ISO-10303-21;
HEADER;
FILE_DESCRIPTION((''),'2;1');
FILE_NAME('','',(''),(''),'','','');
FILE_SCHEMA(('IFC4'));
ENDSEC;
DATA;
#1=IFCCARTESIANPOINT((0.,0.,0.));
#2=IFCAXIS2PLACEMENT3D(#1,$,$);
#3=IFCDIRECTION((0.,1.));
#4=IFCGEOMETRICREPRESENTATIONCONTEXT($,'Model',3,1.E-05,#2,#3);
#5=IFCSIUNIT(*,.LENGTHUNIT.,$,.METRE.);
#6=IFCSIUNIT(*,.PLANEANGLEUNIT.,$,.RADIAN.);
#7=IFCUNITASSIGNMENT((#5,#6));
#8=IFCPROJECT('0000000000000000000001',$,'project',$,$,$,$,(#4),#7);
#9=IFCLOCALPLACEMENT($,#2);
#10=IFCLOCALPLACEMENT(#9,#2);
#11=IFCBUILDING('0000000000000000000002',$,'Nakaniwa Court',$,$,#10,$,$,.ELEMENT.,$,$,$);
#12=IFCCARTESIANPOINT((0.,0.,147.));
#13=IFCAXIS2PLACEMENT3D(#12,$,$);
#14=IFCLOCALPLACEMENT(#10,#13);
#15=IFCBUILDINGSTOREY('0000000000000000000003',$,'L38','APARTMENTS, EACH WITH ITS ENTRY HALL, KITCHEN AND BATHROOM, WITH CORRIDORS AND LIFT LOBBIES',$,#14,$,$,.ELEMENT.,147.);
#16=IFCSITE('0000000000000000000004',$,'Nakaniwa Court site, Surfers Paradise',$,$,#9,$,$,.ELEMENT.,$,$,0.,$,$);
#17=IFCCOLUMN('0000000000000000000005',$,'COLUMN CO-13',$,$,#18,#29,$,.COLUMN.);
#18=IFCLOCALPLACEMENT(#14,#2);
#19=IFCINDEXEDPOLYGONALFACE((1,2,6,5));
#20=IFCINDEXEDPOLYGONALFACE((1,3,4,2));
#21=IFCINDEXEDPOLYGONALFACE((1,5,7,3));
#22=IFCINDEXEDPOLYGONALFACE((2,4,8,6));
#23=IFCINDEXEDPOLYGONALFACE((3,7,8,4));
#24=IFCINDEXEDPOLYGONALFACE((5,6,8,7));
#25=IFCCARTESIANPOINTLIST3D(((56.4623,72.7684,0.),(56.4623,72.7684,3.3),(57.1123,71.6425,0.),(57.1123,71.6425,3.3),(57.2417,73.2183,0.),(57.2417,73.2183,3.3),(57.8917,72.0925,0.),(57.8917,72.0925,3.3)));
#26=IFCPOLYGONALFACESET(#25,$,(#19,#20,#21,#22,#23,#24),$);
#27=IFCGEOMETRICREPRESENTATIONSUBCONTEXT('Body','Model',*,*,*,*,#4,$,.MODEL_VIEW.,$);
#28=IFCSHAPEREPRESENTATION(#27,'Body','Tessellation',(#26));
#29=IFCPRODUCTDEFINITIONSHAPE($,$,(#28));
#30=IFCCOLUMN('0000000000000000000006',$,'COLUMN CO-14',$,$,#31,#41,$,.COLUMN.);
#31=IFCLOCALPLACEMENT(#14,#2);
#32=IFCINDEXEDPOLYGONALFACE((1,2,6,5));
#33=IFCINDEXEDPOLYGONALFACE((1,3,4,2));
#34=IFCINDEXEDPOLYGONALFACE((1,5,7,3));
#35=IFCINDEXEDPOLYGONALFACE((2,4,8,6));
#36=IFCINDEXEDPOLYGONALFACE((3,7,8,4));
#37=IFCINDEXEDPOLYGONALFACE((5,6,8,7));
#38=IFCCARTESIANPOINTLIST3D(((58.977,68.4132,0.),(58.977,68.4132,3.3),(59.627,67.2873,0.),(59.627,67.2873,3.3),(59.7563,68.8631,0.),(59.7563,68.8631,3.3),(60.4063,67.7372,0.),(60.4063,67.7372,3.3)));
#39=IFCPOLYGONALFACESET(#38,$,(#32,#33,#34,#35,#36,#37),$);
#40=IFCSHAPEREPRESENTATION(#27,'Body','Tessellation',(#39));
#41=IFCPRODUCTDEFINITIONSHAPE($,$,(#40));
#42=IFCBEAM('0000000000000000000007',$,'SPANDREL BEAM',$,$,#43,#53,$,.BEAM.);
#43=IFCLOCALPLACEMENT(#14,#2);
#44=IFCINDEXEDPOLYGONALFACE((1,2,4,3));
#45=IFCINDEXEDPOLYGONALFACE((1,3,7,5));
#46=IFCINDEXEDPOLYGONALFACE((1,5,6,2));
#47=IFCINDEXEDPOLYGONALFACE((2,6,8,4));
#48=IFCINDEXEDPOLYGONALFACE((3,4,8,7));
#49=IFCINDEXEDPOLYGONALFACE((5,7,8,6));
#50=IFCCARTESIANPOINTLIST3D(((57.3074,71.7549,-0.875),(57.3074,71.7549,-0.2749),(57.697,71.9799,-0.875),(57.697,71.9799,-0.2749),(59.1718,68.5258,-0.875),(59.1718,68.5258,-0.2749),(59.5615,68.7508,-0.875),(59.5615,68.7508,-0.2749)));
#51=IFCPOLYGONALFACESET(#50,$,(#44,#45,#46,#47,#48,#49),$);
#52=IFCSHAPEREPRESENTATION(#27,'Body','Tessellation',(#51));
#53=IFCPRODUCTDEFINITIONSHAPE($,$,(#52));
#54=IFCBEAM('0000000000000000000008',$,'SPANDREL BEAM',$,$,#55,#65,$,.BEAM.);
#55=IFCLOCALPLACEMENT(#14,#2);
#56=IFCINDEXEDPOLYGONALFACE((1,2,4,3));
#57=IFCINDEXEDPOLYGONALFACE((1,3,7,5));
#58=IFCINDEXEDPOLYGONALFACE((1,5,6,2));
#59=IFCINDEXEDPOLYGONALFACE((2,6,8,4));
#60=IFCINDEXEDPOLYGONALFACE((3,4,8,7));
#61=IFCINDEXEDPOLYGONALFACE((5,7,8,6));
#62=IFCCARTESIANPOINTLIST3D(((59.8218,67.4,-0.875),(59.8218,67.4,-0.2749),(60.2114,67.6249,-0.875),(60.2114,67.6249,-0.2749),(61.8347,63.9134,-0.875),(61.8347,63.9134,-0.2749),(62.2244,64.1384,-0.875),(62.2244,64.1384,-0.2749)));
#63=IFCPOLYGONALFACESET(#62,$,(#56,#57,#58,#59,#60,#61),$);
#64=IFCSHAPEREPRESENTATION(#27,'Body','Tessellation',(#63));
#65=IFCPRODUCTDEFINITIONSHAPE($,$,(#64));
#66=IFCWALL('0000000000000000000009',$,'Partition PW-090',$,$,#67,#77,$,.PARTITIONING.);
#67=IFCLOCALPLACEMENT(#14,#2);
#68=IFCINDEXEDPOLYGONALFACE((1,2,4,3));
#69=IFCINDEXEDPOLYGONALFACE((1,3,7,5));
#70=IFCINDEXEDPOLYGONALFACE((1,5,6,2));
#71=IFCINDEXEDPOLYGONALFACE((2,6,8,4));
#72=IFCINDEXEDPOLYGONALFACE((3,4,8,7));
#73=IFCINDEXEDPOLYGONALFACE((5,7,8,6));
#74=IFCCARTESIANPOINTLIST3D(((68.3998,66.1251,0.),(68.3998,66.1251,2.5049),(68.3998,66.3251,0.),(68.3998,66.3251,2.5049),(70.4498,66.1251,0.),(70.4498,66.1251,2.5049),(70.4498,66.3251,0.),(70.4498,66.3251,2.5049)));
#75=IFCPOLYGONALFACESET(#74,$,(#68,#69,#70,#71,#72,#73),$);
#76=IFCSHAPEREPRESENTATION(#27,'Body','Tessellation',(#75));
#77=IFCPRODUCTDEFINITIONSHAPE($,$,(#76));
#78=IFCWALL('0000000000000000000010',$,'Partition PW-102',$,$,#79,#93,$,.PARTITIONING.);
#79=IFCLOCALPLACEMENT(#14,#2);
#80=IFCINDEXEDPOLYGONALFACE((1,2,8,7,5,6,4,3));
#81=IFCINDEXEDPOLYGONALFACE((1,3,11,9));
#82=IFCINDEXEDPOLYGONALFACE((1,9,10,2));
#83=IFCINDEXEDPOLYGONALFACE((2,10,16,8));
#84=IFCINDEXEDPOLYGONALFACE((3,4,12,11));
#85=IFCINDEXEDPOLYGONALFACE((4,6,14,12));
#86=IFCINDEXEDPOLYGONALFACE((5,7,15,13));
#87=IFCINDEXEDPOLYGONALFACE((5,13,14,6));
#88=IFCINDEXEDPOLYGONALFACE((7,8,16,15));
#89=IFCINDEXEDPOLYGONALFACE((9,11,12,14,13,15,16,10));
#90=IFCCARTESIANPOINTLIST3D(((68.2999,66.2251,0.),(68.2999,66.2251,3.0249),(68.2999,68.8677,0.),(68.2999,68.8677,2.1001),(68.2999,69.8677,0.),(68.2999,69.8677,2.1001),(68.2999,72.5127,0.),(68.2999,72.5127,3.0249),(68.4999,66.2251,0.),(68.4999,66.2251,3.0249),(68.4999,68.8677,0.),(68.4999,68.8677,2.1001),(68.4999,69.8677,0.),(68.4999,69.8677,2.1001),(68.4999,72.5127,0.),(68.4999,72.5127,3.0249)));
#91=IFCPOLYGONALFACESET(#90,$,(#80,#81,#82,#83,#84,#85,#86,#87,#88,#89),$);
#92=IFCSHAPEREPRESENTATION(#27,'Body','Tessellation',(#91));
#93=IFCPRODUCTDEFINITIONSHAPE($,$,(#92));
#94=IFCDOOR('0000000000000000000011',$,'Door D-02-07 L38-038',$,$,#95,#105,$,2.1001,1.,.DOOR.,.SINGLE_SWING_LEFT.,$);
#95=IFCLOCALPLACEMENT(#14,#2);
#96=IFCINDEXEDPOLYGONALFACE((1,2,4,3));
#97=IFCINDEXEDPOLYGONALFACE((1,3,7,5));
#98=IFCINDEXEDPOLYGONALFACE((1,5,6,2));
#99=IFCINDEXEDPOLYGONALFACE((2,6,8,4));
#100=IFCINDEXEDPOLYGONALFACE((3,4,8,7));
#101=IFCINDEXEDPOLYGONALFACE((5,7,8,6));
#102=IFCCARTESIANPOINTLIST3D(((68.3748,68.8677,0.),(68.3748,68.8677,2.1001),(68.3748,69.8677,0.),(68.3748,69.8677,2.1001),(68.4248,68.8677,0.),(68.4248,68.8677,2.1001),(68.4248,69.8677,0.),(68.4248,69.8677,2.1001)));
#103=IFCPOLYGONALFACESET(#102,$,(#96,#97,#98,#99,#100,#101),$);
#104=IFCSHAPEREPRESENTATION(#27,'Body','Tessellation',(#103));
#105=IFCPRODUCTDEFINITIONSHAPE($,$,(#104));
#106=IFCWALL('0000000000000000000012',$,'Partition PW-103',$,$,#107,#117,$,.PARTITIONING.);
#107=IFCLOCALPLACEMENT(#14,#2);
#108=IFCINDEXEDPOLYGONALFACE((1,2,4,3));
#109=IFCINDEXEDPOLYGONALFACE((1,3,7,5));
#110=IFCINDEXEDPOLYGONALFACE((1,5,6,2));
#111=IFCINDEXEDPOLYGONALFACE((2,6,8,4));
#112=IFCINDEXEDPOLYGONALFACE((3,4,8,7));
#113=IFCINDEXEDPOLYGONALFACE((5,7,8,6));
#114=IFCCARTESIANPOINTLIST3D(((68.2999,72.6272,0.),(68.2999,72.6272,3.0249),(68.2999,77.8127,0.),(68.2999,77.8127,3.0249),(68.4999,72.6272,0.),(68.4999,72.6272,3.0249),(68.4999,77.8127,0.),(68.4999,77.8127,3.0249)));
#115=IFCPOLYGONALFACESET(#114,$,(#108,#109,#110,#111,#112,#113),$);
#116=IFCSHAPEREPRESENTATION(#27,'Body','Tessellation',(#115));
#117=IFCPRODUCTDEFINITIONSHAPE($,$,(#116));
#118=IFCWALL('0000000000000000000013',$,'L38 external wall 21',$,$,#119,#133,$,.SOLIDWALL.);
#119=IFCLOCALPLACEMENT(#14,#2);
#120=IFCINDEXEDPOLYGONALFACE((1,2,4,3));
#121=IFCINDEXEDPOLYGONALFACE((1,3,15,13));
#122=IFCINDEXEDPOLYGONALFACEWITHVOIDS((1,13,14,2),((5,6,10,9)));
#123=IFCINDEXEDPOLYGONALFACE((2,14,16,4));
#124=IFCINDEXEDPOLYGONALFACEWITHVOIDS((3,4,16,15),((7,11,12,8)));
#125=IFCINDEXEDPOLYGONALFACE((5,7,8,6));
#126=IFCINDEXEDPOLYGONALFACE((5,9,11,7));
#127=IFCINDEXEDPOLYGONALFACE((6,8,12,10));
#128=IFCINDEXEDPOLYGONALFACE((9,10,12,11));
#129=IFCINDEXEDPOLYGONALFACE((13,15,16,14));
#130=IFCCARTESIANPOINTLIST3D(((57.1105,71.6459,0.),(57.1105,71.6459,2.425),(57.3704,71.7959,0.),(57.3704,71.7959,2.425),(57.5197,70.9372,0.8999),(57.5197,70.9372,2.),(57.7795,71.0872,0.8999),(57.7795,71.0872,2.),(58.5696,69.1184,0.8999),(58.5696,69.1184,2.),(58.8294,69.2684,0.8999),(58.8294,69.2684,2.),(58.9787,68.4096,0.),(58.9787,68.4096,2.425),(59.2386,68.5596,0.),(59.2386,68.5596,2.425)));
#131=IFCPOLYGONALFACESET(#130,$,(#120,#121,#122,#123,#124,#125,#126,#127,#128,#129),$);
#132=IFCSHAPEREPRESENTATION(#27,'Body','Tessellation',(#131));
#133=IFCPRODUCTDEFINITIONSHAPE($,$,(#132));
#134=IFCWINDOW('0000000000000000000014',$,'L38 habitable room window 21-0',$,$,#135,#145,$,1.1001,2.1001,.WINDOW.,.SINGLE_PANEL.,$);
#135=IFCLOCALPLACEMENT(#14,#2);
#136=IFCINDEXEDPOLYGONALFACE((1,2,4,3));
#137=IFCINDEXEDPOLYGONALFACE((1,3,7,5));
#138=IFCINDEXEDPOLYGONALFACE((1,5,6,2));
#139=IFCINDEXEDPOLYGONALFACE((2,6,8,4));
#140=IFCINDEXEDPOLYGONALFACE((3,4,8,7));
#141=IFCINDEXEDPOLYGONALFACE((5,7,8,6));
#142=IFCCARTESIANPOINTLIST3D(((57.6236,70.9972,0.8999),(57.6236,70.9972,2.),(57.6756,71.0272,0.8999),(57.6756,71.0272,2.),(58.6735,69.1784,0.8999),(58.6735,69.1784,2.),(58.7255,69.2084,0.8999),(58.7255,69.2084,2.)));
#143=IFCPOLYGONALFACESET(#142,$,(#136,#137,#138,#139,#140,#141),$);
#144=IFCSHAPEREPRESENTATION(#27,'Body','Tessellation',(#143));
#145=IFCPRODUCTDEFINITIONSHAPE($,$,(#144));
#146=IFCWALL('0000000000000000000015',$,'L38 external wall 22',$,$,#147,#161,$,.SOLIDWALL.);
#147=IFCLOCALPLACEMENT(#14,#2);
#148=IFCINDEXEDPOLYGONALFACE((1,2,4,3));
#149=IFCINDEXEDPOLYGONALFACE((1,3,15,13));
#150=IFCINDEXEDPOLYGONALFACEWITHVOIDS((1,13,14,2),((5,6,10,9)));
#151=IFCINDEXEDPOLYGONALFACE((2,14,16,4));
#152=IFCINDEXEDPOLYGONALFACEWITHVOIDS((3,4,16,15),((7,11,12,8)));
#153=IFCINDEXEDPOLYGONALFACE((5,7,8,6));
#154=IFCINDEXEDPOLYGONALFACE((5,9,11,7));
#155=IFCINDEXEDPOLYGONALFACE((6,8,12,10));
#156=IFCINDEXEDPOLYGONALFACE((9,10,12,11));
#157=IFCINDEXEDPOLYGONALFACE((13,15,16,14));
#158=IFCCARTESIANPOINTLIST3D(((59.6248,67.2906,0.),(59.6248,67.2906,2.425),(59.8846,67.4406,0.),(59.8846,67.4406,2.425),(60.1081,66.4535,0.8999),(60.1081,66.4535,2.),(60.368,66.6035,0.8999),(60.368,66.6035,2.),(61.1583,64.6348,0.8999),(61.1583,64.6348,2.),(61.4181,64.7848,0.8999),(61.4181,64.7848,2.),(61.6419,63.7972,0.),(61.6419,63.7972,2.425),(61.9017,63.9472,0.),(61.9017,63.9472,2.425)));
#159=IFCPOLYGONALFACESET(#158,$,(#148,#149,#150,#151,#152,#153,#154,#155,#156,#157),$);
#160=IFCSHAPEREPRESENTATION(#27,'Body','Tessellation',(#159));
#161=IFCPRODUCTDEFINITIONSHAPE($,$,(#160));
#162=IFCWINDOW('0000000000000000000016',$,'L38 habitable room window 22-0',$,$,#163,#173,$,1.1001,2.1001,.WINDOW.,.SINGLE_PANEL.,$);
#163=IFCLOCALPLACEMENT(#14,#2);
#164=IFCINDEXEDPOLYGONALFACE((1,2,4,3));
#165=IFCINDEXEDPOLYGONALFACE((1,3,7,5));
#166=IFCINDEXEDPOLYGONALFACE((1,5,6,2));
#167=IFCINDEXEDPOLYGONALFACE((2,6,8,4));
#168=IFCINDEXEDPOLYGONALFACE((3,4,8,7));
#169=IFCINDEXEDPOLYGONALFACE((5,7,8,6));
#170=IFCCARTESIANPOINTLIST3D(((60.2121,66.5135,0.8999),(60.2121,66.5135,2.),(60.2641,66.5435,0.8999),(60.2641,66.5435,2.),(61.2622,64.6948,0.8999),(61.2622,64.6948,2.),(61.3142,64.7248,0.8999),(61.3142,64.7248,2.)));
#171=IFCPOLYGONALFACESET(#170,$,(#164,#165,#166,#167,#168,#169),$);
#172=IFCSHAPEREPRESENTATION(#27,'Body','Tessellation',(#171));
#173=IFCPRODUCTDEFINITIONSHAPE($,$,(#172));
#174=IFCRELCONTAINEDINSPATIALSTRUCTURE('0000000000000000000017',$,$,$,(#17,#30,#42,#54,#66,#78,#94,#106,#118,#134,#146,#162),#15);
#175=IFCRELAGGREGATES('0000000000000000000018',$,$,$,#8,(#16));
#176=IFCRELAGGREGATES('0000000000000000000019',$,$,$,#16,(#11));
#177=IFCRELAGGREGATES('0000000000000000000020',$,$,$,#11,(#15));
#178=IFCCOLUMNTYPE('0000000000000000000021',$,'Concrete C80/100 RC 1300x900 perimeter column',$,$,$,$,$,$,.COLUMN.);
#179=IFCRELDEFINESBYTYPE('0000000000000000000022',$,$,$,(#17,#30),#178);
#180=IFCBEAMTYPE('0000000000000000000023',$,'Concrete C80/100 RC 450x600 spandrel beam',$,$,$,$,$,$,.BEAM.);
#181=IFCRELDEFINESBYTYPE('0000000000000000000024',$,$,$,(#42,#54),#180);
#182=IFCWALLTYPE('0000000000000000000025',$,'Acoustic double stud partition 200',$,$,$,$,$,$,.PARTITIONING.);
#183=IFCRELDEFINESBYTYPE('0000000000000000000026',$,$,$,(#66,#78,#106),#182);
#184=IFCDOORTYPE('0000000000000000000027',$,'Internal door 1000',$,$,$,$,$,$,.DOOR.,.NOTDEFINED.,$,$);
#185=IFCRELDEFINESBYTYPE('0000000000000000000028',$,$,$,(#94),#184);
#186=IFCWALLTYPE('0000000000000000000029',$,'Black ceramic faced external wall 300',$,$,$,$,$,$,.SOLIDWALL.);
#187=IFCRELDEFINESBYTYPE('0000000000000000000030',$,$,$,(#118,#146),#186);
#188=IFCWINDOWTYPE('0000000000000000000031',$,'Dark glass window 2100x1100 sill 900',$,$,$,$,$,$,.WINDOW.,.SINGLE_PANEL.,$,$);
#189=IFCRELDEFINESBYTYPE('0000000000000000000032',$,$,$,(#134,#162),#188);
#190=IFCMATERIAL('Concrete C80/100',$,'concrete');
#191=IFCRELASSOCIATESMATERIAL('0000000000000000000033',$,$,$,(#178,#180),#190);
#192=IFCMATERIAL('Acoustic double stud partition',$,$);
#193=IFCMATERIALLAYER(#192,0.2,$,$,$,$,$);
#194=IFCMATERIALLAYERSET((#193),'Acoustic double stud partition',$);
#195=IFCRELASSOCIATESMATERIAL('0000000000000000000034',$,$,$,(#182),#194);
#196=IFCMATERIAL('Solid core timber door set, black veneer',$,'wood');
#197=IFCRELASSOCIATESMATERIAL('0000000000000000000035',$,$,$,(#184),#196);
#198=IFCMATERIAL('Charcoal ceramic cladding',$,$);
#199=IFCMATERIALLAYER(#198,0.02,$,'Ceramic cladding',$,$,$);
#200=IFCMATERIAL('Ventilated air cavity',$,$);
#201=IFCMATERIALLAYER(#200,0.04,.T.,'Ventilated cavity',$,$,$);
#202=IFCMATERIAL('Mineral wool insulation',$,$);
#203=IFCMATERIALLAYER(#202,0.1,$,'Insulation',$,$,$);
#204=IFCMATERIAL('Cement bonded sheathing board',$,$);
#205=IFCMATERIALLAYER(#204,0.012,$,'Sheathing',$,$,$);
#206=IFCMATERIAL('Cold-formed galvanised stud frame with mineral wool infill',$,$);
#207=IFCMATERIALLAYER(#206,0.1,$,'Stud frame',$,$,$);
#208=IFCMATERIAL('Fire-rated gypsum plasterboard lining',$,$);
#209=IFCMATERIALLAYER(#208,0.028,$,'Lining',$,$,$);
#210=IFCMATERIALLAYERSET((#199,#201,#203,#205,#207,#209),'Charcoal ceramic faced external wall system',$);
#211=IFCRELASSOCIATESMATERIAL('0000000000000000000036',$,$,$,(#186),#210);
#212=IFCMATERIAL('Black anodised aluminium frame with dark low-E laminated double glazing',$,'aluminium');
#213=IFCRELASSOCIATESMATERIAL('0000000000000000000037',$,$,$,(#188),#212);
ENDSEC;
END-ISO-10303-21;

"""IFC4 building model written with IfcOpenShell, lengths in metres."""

from ifc_helpers import new_model, si_unit, direction, frame, frame_2d, origin, origin_2d, place, context, subcontext, project, spatial, rectangle, extrude, material, layer, layer_set, material_profile, profile_set, type_object, element, fill, save


model = new_model("IFC4")

# Units and contexts
model_context = context("Model", 3, precision=1e-05, world=origin(), true_north=direction((0.0, 1.0)))
body_context = subcontext(model_context, "Body", "Model", "MODEL_VIEW")
ifc_project = project(units=[si_unit("LENGTHUNIT", "METRE"), si_unit("PLANEANGLEUNIT", "RADIAN")], contexts=[model_context])

# Site, building, storey
site_placement = place(None, origin())
site = spatial("IfcSite", under=ifc_project, at=site_placement, Name="Nakaniwa Court site, Surfers Paradise", CompositionType="ELEMENT", RefElevation=0.0)
building_placement = place(site_placement, origin())
building = spatial("IfcBuilding", under=site, at=building_placement, Name="Nakaniwa Court", CompositionType="ELEMENT")
storey_placement = place(building_placement, frame((0.0, 0.0, 147.0)))
storey = spatial("IfcBuildingStorey", under=building, at=storey_placement, Name="L38", Description="APARTMENTS, EACH WITH ITS ENTRY HALL, KITCHEN AND BATHROOM, WITH CORRIDORS AND LIFT LOBBIES", CompositionType="ELEMENT", Elevation=147.0)

# Columns
ifc_material_1 = material(Name="Concrete C80/100", Category="concrete")
ifc_material_profile_1 = material_profile(ifc_material_1, rectangle(XDim=1.3, YDim=0.8999, at=origin_2d()), Name="Concrete C80/100 RC 1300x900 perimeter column")
ifc_profile_set_1 = profile_set([ifc_material_profile_1], Name="Concrete C80/100")
column_type = type_object("IfcColumnType", Name="Concrete C80/100 RC 1300x900 perimeter column", PredefinedType="COLUMN", material=ifc_profile_set_1)
for number, where, z_axis, x_axis, name in (
    (1, (57.177, 72.4304, 0.0), (0.0, 0.0, 1.0), (0.5, -0.866025, 0.0), "COLUMN CO-13"),
    (2, (59.6917, 68.0752, 0.0), (0.0, 0.0, 1.0), (0.5, -0.866025, 0.0), "COLUMN CO-14"),
):
    element("IfcColumn", number, at=place(storey_placement, frame(where, z_axis=z_axis, x_axis=x_axis)), inside=storey, type_object=column_type, Name=name, PredefinedType="COLUMN", context=body_context, shape_type="SweptSolid", body=[
        extrude(rectangle(XDim=1.3, YDim=0.8999, at=origin_2d()), origin(), (0.0, 0.0, 1.0), 3.3),
    ])

# Beams
ifc_material_profile_2 = material_profile(ifc_material_1, rectangle(XDim=0.45, YDim=0.6001, at=origin_2d()), Name="Concrete C80/100 RC 450x600 spandrel beam")
ifc_profile_set_2 = profile_set([ifc_material_profile_2], Name="Concrete C80/100")
beam_type = type_object("IfcBeamType", Name="Concrete C80/100 RC 450x600 spandrel beam", PredefinedType="BEAM", material=ifc_profile_set_2)
beam_1_placement = place(storey_placement, frame((57.5022, 71.8674, -0.575), z_axis=(0.500019, -0.866014, 0.0), x_axis=(0.866014, 0.500019, 0.0)))
element("IfcBeam", 3, at=beam_1_placement, inside=storey, type_object=beam_type, Name="SPANDREL BEAM", PredefinedType="BEAM", context=body_context, shape_type="SweptSolid", body=[
    extrude(rectangle(XDim=0.45, YDim=0.6001, at=origin_2d()), origin(), (0.0, 0.0, 1.0), 3.7288),
])
beam_2_placement = place(storey_placement, frame((60.0166, 67.5125, -0.575), z_axis=(0.499994, -0.866029, 0.0), x_axis=(0.866029, 0.499994, 0.0)))
element("IfcBeam", 4, at=beam_2_placement, inside=storey, type_object=beam_type, Name="SPANDREL BEAM", PredefinedType="BEAM", context=body_context, shape_type="SweptSolid", body=[
    extrude(rectangle(XDim=0.45, YDim=0.6001, at=origin_2d()), origin(), (0.0, 0.0, 1.0), 4.0259),
])

# Wall
ifc_material_2 = material(Name="Acoustic double stud partition")
ifc_layer_1 = layer(ifc_material_2, 0.2)
ifc_layer_set_1 = layer_set([ifc_layer_1], Name="Acoustic double stud partition")
wall_type_1 = type_object("IfcWallType", Name="Acoustic double stud partition 200", PredefinedType="PARTITIONING", material=ifc_layer_set_1)
wall_1_placement = place(storey_placement, frame((68.3999, 66.2251, 0.0), z_axis=(0.0, 0.0, 1.0), x_axis=(1.0, 0.0, 0.0)))
element("IfcWall", 5, at=wall_1_placement, inside=storey, type_object=wall_type_1, Name="Partition PW-090", PredefinedType="PARTITIONING", context=body_context, shape_type="SweptSolid", body=[
    extrude(rectangle(XDim=2.05, YDim=0.2, at=frame_2d((1.0249, 0.0))), origin(), (0.0, 0.0, 1.0), 2.5049),
])

# Wall, opening, door
wall_2_placement = place(storey_placement, frame((68.3999, 72.5127, 0.0), z_axis=(0.0, 0.0, 1.0), x_axis=(0.0, -1.0, 0.0)))
wall_2 = element("IfcWall", 6, at=wall_2_placement, inside=storey, type_object=wall_type_1, Name="Partition PW-102", PredefinedType="PARTITIONING", context=body_context, shape_type="SweptSolid", body=[
    extrude(rectangle(XDim=6.2876, YDim=0.2, at=frame_2d((3.1438, 0.0))), origin(), (0.0, 0.0, 1.0), 3.0249),
])
opening_1_placement = place(wall_2_placement, frame((2.645, 0.0, 0.0)))
opening_1 = element("IfcOpeningElement", 7, at=opening_1_placement, cuts=wall_2, PredefinedType="OPENING", context=body_context, shape_type="SweptSolid", body=[
    extrude(rectangle(XDim=1.0, YDim=2.1001, at=frame_2d((0.5, 1.05))), frame((0.0, 0.1099, 0.0), z_axis=(0.0, -1.0, 0.0), x_axis=(1.0, 0.0, 0.0)), (0.0, 0.0, 1.0), 0.22),
])
ifc_material_3 = material(Name="Solid core timber door set, black veneer", Category="wood")
door_type_1 = type_object("IfcDoorType", Name="Internal door 1000", OperationType="NOTDEFINED", PredefinedType="DOOR", material=ifc_material_3)
door_1_placement = place(opening_1_placement, origin())
door_1 = element("IfcDoor", 8, at=door_1_placement, inside=storey, type_object=door_type_1, Name="Door D-02-07 L38-038", OperationType="SINGLE_SWING_LEFT", OverallHeight=2.1001, OverallWidth=1.0, PredefinedType="DOOR", context=body_context, shape_type="SweptSolid", body=[
    extrude(rectangle(XDim=1.0, YDim=2.1001, at=frame_2d((0.5, 1.05))), frame((0.0, 0.0249, 0.0), z_axis=(0.0, -1.0, 0.0), x_axis=(1.0, 0.0, 0.0)), (0.0, 0.0, 1.0), 0.05),
])
fill(opening_1, door_1)

# Wall
wall_3_placement = place(storey_placement, frame((68.3999, 72.6272, 0.0), z_axis=(0.0, 0.0, 1.0), x_axis=(0.0, 1.0, 0.0)))
element("IfcWall", 9, at=wall_3_placement, inside=storey, type_object=wall_type_1, Name="Partition PW-103", PredefinedType="PARTITIONING", context=body_context, shape_type="SweptSolid", body=[
    extrude(rectangle(XDim=5.1855, YDim=0.2, at=frame_2d((2.5928, 0.0))), origin(), (0.0, 0.0, 1.0), 3.0249),
])

# Walls, openings, windows
ifc_material_4 = material(Name="Charcoal ceramic cladding")
ifc_layer_2 = layer(ifc_material_4, 0.02, Name="Ceramic cladding")
ifc_material_5 = material(Name="Ventilated air cavity")
ifc_layer_3 = layer(ifc_material_5, 0.04, ventilated=True, Name="Ventilated cavity")
ifc_material_6 = material(Name="Mineral wool insulation")
ifc_layer_4 = layer(ifc_material_6, 0.1, Name="Insulation")
ifc_material_7 = material(Name="Cement bonded sheathing board")
ifc_layer_5 = layer(ifc_material_7, 0.012, Name="Sheathing")
ifc_material_8 = material(Name="Cold-formed galvanised stud frame with mineral wool infill")
ifc_layer_6 = layer(ifc_material_8, 0.1, Name="Stud frame")
ifc_material_9 = material(Name="Fire-rated gypsum plasterboard lining")
ifc_layer_7 = layer(ifc_material_9, 0.028, Name="Lining")
ifc_layer_set_2 = layer_set([ifc_layer_2, ifc_layer_3, ifc_layer_4, ifc_layer_5, ifc_layer_6, ifc_layer_7], Name="Charcoal ceramic faced external wall system")
wall_type_2 = type_object("IfcWallType", Name="Black ceramic faced external wall 300", PredefinedType="SOLIDWALL", material=ifc_layer_set_2)
wall_4_placement = place(storey_placement, frame((57.2405, 71.7209, 0.0), z_axis=(0.0, 0.0, 1.0), x_axis=(0.499934, -0.866064, 0.0)))
wall_4 = element("IfcWall", 10, at=wall_4_placement, inside=storey, type_object=wall_type_2, Name="L38 external wall 21", PredefinedType="SOLIDWALL", context=body_context, shape_type="SweptSolid", body=[
    extrude(rectangle(XDim=3.7368, YDim=0.3, at=frame_2d((1.8684, 0.0))), origin(), (0.0, 0.0, 1.0), 2.425),
])
opening_2_placement = place(wall_4_placement, frame((0.8184, 0.0, 0.8999)))
opening_2 = element("IfcOpeningElement", 11, at=opening_2_placement, cuts=wall_4, PredefinedType="OPENING", context=body_context, shape_type="SweptSolid", body=[
    extrude(rectangle(XDim=2.1001, YDim=1.1001, at=frame_2d((1.05, 0.55))), frame((0.0, 0.1599, 0.0), z_axis=(0.0, -1.0, 0.0), x_axis=(1.0, 0.0, 0.0)), (0.0, 0.0, 1.0), 0.3201),
])
ifc_material_10 = material(Name="Black anodised aluminium frame with dark low-E laminated double glazing", Category="aluminium")
window_type = type_object("IfcWindowType", Name="Dark glass window 2100x1100 sill 900", PartitioningType="SINGLE_PANEL", PredefinedType="WINDOW", material=ifc_material_10)
window_1_placement = place(opening_2_placement, origin())
window_1 = element("IfcWindow", 12, at=window_1_placement, inside=storey, type_object=window_type, Name="L38 habitable room window 21-0", OverallHeight=1.1001, OverallWidth=2.1001, PartitioningType="SINGLE_PANEL", PredefinedType="WINDOW", context=body_context, shape_type="SweptSolid", body=[
    extrude(rectangle(XDim=2.1001, YDim=1.1001, at=frame_2d((1.05, 0.55))), frame((0.0, 0.03, 0.0), z_axis=(0.0, -1.0, 0.0), x_axis=(1.0, 0.0, 0.0)), (0.0, 0.0, 1.0), 0.0601),
])
fill(opening_2, window_1)
wall_5_placement = place(storey_placement, frame((59.7546, 67.3657, 0.0), z_axis=(0.0, 0.0, 1.0), x_axis=(0.500032, -0.866007, 0.0)))
wall_5 = element("IfcWall", 13, at=wall_5_placement, inside=storey, type_object=wall_type_2, Name="L38 external wall 22", PredefinedType="SOLIDWALL", context=body_context, shape_type="SweptSolid", body=[
    extrude(rectangle(XDim=4.0339, YDim=0.3, at=frame_2d((2.0171, 0.0))), origin(), (0.0, 0.0, 1.0), 2.425),
])
opening_3_placement = place(wall_5_placement, frame((0.9668, 0.0, 0.8999)))
opening_3 = element("IfcOpeningElement", 14, at=opening_3_placement, cuts=wall_5, PredefinedType="OPENING", context=body_context, shape_type="SweptSolid", body=[
    extrude(rectangle(XDim=2.1001, YDim=1.1001, at=frame_2d((1.05, 0.55))), frame((0.0, 0.1599, 0.0), z_axis=(0.0, -1.0, 0.0), x_axis=(1.0, 0.0, 0.0)), (0.0, 0.0, 1.0), 0.3201),
])
window_2_placement = place(opening_3_placement, origin())
window_2 = element("IfcWindow", 15, at=window_2_placement, inside=storey, type_object=window_type, Name="L38 habitable room window 22-0", OverallHeight=1.1001, OverallWidth=2.1001, PartitioningType="SINGLE_PANEL", PredefinedType="WINDOW", context=body_context, shape_type="SweptSolid", body=[
    extrude(rectangle(XDim=2.1001, YDim=1.1001, at=frame_2d((1.05, 0.55))), frame((0.0, 0.03, 0.0), z_axis=(0.0, -1.0, 0.0), x_axis=(1.0, 0.0, 0.0)), (0.0, 0.0, 1.0), 0.0601),
])
fill(opening_3, window_2)

save(model, "model.ifc")
